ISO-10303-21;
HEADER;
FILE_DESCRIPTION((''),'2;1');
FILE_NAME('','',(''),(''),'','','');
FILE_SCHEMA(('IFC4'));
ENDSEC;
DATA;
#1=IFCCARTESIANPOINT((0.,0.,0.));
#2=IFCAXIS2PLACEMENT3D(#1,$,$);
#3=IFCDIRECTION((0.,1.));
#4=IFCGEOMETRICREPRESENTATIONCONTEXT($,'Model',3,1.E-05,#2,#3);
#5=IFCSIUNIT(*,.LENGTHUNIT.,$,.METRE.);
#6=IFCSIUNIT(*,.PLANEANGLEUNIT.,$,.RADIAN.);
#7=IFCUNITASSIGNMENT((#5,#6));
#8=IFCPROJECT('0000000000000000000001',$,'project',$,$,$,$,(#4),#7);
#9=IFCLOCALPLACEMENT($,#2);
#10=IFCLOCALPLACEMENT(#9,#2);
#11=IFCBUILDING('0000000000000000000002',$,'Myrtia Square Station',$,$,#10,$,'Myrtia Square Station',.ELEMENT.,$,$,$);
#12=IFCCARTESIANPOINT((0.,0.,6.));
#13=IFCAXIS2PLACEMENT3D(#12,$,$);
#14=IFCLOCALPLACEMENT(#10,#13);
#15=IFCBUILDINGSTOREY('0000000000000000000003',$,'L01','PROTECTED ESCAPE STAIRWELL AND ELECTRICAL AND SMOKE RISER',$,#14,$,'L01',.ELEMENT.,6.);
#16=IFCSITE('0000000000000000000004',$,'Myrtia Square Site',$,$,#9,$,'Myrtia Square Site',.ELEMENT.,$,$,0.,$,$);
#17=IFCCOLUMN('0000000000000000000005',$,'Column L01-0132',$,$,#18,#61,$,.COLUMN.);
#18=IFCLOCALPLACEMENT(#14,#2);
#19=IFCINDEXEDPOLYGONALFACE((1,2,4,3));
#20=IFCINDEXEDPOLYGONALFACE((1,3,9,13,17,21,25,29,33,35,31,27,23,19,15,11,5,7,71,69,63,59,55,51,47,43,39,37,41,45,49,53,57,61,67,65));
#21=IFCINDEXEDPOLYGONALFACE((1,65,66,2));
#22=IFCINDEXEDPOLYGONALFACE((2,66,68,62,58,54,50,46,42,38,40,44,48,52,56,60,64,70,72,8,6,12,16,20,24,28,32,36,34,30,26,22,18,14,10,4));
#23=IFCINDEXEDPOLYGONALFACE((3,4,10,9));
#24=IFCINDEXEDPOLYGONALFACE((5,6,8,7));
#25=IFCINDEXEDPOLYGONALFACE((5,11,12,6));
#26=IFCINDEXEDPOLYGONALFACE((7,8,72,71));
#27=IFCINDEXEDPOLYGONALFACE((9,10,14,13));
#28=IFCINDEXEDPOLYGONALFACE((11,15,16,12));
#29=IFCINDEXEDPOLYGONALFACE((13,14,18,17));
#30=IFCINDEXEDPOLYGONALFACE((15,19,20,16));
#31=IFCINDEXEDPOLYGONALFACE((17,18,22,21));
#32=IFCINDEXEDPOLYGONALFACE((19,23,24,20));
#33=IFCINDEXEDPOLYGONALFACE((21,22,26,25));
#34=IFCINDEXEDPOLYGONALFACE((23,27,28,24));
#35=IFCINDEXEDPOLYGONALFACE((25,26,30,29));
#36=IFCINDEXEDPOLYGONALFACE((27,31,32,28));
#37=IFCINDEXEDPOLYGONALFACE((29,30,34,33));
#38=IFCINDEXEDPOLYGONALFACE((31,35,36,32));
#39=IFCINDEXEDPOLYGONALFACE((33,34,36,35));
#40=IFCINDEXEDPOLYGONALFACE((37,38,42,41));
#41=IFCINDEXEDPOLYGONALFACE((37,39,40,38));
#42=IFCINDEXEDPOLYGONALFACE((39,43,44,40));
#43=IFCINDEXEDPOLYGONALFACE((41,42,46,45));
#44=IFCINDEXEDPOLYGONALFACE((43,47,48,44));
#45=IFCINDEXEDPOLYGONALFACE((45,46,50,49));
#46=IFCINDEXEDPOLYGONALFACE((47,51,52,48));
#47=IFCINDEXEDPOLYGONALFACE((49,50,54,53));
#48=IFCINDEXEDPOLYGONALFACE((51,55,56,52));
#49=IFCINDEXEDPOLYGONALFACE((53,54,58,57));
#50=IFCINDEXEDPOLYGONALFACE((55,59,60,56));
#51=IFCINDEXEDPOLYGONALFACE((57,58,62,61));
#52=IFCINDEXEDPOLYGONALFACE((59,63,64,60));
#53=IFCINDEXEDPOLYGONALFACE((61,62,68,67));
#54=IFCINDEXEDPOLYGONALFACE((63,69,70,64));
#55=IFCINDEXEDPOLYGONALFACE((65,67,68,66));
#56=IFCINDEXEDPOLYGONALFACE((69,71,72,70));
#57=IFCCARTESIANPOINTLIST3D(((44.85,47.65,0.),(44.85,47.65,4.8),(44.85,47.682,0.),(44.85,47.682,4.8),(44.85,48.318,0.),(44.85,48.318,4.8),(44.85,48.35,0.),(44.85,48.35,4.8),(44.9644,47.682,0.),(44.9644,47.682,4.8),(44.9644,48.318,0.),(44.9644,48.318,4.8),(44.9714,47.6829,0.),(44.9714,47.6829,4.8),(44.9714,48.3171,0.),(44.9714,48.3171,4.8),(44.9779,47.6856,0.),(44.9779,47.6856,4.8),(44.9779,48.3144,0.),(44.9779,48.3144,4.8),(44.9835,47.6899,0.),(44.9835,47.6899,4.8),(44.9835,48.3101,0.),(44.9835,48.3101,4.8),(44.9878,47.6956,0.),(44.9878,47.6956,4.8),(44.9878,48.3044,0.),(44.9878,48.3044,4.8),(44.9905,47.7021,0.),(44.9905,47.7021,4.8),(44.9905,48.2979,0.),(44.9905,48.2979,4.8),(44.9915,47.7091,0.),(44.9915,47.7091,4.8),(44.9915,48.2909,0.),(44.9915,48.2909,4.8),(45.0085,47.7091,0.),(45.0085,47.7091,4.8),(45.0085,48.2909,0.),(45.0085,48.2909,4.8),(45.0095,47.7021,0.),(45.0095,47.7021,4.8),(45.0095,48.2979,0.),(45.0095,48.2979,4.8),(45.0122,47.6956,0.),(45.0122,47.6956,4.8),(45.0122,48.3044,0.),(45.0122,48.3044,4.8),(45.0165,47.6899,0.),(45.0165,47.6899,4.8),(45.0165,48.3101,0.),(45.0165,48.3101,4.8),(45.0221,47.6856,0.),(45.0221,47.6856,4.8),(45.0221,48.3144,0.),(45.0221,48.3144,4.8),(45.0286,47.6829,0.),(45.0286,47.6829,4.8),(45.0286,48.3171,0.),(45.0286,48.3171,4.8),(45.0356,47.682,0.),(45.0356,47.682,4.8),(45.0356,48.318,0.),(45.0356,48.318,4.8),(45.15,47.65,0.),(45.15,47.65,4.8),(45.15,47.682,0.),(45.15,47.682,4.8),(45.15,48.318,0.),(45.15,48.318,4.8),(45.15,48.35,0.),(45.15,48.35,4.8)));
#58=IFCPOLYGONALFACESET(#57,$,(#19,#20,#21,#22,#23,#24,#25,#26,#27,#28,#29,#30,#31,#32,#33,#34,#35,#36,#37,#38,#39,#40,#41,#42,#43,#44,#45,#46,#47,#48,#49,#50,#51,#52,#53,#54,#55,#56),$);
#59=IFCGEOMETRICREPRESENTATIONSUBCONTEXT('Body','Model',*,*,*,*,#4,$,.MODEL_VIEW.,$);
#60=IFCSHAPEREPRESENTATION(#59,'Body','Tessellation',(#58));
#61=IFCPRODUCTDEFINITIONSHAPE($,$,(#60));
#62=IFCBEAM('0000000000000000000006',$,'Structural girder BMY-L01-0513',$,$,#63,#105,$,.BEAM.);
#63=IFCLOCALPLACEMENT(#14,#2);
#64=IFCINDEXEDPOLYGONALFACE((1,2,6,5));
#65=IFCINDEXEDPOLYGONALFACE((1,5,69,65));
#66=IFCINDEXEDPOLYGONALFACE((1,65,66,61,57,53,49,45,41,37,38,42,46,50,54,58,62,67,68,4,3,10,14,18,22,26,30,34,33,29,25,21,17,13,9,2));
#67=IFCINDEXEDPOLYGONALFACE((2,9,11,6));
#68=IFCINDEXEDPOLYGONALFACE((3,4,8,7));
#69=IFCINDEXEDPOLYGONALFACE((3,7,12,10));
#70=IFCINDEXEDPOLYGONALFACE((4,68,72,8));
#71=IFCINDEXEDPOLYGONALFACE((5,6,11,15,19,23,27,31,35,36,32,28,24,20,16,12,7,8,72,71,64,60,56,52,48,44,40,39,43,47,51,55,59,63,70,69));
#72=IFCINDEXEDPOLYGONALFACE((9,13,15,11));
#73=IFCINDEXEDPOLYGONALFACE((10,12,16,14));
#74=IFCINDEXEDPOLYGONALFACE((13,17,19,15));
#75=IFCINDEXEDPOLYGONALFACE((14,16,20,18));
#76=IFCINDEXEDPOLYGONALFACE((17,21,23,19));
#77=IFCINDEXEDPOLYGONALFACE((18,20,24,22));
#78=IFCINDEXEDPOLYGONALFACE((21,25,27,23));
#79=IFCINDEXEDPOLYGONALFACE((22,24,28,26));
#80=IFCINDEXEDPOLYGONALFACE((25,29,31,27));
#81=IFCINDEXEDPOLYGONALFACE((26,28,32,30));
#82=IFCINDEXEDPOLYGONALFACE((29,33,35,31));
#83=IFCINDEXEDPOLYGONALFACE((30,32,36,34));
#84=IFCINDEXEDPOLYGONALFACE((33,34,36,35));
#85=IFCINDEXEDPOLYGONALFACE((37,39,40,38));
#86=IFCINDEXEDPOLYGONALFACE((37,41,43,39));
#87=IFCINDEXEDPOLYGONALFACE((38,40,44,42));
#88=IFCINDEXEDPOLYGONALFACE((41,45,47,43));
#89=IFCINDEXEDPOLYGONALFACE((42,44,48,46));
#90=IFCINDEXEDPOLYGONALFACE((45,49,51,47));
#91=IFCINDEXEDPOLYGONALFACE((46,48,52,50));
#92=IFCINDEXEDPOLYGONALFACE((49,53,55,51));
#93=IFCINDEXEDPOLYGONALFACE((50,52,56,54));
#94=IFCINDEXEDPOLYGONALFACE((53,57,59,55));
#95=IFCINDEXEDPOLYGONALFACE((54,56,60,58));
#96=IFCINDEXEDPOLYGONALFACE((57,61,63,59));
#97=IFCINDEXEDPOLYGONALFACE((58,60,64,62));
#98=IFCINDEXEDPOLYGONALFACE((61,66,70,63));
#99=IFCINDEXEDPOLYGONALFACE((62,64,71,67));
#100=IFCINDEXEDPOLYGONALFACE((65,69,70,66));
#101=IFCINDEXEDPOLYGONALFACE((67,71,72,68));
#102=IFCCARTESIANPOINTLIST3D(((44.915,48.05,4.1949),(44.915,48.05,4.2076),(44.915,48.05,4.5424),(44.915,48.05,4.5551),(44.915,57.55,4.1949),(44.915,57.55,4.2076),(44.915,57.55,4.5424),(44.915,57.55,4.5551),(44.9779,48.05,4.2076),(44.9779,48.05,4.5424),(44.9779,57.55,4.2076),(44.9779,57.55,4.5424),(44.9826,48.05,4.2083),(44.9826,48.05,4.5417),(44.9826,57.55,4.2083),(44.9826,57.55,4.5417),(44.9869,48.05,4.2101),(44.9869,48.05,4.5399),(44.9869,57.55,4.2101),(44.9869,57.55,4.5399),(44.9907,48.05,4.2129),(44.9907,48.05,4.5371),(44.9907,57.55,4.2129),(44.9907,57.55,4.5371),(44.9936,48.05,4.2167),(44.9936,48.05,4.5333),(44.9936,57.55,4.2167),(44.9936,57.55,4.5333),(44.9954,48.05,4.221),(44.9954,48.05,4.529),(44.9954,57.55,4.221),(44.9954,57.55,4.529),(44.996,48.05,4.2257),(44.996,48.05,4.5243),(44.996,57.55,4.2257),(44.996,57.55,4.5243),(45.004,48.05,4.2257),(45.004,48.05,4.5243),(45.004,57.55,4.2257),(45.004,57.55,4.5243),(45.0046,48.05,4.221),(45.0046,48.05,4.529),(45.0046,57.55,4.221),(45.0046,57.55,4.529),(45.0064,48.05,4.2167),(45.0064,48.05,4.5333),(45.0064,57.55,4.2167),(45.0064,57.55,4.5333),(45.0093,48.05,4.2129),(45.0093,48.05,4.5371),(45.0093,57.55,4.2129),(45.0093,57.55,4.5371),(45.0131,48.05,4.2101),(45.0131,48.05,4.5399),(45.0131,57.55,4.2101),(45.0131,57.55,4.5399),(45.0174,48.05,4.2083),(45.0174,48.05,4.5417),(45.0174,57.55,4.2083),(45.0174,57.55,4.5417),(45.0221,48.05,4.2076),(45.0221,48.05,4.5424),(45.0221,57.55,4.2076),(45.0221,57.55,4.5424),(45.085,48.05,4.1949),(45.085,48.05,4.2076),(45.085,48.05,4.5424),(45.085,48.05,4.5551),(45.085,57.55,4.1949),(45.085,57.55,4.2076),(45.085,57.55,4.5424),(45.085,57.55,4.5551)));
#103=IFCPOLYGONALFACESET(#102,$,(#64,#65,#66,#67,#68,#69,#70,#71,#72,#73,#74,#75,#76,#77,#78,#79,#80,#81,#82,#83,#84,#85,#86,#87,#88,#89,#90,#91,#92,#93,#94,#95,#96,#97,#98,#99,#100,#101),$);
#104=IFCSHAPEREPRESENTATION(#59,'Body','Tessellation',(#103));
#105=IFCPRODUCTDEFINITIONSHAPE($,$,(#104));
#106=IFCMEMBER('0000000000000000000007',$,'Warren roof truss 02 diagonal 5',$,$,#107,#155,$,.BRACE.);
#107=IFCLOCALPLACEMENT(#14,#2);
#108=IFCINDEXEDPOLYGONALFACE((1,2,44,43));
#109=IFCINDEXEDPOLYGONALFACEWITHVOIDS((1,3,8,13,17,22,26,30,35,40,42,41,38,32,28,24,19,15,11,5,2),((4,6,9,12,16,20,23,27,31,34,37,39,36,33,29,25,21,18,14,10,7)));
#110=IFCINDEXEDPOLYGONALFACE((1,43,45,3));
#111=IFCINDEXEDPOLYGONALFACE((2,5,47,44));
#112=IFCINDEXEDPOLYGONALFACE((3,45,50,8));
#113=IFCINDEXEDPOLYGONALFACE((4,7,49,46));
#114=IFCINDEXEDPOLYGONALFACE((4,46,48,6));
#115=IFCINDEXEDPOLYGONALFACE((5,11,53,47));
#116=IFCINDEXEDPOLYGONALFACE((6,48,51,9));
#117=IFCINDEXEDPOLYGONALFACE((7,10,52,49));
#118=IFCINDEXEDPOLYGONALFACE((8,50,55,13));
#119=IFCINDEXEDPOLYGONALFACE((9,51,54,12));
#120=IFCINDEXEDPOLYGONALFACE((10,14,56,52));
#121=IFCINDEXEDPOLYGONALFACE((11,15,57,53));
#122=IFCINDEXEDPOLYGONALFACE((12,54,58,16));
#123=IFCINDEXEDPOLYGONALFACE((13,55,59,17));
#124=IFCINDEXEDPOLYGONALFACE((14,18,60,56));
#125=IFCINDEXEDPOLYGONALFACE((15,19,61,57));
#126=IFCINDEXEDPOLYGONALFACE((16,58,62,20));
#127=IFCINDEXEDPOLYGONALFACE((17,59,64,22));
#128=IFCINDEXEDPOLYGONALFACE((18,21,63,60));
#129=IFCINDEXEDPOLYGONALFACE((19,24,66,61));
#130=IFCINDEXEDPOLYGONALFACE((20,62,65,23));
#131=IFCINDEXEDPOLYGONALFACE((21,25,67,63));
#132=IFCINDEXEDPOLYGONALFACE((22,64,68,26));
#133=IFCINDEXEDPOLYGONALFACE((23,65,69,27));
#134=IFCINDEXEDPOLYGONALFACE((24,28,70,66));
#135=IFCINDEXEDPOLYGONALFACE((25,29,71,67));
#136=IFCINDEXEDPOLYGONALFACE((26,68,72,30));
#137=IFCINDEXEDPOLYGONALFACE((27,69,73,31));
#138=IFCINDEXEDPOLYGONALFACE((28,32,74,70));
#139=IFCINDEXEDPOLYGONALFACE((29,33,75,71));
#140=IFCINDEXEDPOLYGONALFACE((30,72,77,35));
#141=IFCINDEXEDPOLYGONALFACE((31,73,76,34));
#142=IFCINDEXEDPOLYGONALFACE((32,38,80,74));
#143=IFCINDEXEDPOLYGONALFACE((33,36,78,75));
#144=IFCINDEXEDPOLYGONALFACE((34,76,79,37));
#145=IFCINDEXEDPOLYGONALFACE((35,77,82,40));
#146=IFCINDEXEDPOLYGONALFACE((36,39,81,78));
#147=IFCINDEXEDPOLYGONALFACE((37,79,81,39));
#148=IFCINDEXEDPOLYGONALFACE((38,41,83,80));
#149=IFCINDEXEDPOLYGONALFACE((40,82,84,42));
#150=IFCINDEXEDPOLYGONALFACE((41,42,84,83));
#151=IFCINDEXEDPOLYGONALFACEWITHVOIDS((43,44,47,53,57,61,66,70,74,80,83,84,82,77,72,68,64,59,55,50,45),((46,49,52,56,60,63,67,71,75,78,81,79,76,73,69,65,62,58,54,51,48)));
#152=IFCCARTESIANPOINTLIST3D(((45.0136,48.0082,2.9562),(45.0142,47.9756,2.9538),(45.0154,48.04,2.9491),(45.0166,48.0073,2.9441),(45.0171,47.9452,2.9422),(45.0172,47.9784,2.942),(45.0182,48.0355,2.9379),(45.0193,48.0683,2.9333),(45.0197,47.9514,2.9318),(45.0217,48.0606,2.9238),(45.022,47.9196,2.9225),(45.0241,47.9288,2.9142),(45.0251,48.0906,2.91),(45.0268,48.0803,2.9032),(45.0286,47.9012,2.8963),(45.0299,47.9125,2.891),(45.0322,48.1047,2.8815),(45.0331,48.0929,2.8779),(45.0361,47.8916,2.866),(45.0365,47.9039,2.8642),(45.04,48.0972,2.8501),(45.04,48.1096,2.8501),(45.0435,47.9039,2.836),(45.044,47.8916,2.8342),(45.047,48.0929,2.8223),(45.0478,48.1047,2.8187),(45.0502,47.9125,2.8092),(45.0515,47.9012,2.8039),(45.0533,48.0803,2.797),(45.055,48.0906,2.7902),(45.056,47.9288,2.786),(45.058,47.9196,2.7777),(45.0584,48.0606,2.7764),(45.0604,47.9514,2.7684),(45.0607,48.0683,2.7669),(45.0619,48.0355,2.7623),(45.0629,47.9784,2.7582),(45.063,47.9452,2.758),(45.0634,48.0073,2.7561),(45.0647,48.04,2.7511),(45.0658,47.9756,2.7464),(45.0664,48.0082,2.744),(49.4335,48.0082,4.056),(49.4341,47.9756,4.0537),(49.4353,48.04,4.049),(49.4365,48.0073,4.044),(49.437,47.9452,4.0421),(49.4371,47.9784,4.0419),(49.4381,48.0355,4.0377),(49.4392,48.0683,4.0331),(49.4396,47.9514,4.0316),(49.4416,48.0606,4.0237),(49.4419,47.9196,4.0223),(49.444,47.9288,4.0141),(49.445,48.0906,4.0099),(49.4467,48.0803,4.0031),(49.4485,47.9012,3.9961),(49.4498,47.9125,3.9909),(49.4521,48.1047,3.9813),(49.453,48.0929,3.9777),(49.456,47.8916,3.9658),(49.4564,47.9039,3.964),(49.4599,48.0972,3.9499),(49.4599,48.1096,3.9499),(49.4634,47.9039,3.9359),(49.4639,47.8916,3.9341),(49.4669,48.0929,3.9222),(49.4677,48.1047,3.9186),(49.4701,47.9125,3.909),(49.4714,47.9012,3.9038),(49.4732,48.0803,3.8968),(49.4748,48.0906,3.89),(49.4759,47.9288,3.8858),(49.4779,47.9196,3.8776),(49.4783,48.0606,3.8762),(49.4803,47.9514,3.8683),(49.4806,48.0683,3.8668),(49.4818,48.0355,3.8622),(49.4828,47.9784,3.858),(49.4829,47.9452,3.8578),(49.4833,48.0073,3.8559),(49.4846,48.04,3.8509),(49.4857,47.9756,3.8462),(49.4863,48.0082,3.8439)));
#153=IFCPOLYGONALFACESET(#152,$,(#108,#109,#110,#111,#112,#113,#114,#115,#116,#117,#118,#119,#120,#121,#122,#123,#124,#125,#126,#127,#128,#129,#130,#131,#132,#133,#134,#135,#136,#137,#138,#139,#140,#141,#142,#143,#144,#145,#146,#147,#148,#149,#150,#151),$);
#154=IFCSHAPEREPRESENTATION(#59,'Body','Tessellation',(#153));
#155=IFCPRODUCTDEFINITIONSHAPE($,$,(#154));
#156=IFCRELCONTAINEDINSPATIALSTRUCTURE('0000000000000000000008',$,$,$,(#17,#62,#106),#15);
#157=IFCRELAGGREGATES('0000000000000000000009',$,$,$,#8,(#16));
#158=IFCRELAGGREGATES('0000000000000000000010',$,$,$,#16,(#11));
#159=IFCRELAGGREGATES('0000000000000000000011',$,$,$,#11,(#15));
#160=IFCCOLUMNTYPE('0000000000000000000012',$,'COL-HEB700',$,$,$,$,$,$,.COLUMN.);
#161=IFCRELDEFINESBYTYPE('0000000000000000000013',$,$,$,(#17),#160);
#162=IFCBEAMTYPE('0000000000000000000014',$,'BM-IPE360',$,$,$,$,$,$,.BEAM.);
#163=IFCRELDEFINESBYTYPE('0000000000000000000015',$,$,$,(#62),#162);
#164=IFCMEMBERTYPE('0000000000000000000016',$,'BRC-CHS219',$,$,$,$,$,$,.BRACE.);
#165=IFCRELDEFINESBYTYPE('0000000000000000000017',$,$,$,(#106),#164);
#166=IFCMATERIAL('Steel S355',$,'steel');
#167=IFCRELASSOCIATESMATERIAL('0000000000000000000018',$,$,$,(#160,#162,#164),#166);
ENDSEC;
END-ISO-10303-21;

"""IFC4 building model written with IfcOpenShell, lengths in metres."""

from ifc_helpers import new_model, si_unit, direction, frame, origin, origin_2d, place, context, subcontext, project, spatial, hollow_circle, i_section, extrude, material, material_profile, profile_set, type_object, element, save


model = new_model("IFC4")

# Units and contexts
model_context = context("Model", 3, precision=1e-05, world=origin(), true_north=direction((0.0, 1.0)))
body_context = subcontext(model_context, "Body", "Model", "MODEL_VIEW")
ifc_project = project(units=[si_unit("LENGTHUNIT", "METRE"), si_unit("PLANEANGLEUNIT", "RADIAN")], contexts=[model_context])

# Site, building, storey
site_placement = place(None, origin())
site = spatial("IfcSite", under=ifc_project, at=site_placement, Name="Myrtia Square Site", LongName="Myrtia Square Site", CompositionType="ELEMENT", RefElevation=0.0)
building_placement = place(site_placement, origin())
building = spatial("IfcBuilding", under=site, at=building_placement, Name="Myrtia Square Station", LongName="Myrtia Square Station", CompositionType="ELEMENT")
storey_placement = place(building_placement, frame((0.0, 0.0, 6.0)))
storey = spatial("IfcBuildingStorey", under=building, at=storey_placement, Name="L01", Description="PROTECTED ESCAPE STAIRWELL AND ELECTRICAL AND SMOKE RISER", LongName="L01", CompositionType="ELEMENT", Elevation=6.0)

# Column
ifc_material_1 = material(Name="Steel S355", Category="steel")
ifc_material_profile_1 = material_profile(ifc_material_1, i_section(OverallWidth=0.3, OverallDepth=0.7, WebThickness=0.0171, FlangeThickness=0.032, FilletRadius=0.0271, at=origin_2d()), Name="HEB 700")
ifc_profile_set_1 = profile_set([ifc_material_profile_1], Name="Steel S355")
column_type = type_object("IfcColumnType", Name="COL-HEB700", PredefinedType="COLUMN", material=ifc_profile_set_1)
column_placement = place(storey_placement, frame((45.0, 48.0, 0.0), z_axis=(0.0, 0.0, 1.0), x_axis=(1.0, 0.0, 0.0)))
element("IfcColumn", 1, at=column_placement, inside=storey, type_object=column_type, Name="Column L01-0132", PredefinedType="COLUMN", context=body_context, shape_type="SweptSolid", body=[
    extrude(i_section(OverallWidth=0.3, OverallDepth=0.7, WebThickness=0.0171, FlangeThickness=0.032, FilletRadius=0.0271, at=origin_2d()), origin(), (0.0, 0.0, 1.0), 4.8),
])

# Beam
ifc_material_profile_2 = material_profile(ifc_material_1, i_section(OverallWidth=0.1699, OverallDepth=0.3601, WebThickness=0.0081, FlangeThickness=0.0127, FilletRadius=0.0181, at=origin_2d()), Name="IPE 360")
ifc_profile_set_2 = profile_set([ifc_material_profile_2], Name="Steel S355")
beam_type_1 = type_object("IfcBeamType", Name="BM-IPE360", PredefinedType="BEAM", material=ifc_profile_set_2)
beam_1_placement = place(storey_placement, frame((45.0, 48.05, 4.375), z_axis=(0.0, 1.0, 0.0), x_axis=(-1.0, 0.0, 0.0)))
element("IfcBeam", 2, at=beam_1_placement, inside=storey, type_object=beam_type_1, Name="Structural girder BMY-L01-0513", PredefinedType="BEAM", context=body_context, shape_type="SweptSolid", body=[
    extrude(i_section(OverallWidth=0.1699, OverallDepth=0.3601, WebThickness=0.0081, FlangeThickness=0.0127, FilletRadius=0.0181, at=origin_2d()), origin(), (0.0, 0.0, 1.0), 9.5),
])

# Member
ifc_material_profile_3 = material_profile(ifc_material_1, hollow_circle(Radius=0.1096, WallThickness=0.0125, at=origin_2d()), Name="CHS 219.1x12.5")
ifc_profile_set_3 = profile_set([ifc_material_profile_3], Name="Steel S355")
member_type_1 = type_object("IfcMemberType", Name="BRC-CHS219", PredefinedType="BRACE", material=ifc_profile_set_3)
member_1_placement = place(storey_placement, frame((45.04, 48.0, 2.8501), z_axis=(0.970407, 0.0, 0.241476), x_axis=(0.0, 1.0, 0.0)))
element("IfcMember", 3, at=member_1_placement, inside=storey, type_object=member_type_1, Name="Warren roof truss 02 diagonal 5", PredefinedType="BRACE", context=body_context, shape_type="SweptSolid", body=[
    extrude(hollow_circle(Radius=0.1096, WallThickness=0.0125, at=origin_2d()), origin(), (0.0, 0.0, 1.0), 4.5547),
])

save(model, "model.ifc")
